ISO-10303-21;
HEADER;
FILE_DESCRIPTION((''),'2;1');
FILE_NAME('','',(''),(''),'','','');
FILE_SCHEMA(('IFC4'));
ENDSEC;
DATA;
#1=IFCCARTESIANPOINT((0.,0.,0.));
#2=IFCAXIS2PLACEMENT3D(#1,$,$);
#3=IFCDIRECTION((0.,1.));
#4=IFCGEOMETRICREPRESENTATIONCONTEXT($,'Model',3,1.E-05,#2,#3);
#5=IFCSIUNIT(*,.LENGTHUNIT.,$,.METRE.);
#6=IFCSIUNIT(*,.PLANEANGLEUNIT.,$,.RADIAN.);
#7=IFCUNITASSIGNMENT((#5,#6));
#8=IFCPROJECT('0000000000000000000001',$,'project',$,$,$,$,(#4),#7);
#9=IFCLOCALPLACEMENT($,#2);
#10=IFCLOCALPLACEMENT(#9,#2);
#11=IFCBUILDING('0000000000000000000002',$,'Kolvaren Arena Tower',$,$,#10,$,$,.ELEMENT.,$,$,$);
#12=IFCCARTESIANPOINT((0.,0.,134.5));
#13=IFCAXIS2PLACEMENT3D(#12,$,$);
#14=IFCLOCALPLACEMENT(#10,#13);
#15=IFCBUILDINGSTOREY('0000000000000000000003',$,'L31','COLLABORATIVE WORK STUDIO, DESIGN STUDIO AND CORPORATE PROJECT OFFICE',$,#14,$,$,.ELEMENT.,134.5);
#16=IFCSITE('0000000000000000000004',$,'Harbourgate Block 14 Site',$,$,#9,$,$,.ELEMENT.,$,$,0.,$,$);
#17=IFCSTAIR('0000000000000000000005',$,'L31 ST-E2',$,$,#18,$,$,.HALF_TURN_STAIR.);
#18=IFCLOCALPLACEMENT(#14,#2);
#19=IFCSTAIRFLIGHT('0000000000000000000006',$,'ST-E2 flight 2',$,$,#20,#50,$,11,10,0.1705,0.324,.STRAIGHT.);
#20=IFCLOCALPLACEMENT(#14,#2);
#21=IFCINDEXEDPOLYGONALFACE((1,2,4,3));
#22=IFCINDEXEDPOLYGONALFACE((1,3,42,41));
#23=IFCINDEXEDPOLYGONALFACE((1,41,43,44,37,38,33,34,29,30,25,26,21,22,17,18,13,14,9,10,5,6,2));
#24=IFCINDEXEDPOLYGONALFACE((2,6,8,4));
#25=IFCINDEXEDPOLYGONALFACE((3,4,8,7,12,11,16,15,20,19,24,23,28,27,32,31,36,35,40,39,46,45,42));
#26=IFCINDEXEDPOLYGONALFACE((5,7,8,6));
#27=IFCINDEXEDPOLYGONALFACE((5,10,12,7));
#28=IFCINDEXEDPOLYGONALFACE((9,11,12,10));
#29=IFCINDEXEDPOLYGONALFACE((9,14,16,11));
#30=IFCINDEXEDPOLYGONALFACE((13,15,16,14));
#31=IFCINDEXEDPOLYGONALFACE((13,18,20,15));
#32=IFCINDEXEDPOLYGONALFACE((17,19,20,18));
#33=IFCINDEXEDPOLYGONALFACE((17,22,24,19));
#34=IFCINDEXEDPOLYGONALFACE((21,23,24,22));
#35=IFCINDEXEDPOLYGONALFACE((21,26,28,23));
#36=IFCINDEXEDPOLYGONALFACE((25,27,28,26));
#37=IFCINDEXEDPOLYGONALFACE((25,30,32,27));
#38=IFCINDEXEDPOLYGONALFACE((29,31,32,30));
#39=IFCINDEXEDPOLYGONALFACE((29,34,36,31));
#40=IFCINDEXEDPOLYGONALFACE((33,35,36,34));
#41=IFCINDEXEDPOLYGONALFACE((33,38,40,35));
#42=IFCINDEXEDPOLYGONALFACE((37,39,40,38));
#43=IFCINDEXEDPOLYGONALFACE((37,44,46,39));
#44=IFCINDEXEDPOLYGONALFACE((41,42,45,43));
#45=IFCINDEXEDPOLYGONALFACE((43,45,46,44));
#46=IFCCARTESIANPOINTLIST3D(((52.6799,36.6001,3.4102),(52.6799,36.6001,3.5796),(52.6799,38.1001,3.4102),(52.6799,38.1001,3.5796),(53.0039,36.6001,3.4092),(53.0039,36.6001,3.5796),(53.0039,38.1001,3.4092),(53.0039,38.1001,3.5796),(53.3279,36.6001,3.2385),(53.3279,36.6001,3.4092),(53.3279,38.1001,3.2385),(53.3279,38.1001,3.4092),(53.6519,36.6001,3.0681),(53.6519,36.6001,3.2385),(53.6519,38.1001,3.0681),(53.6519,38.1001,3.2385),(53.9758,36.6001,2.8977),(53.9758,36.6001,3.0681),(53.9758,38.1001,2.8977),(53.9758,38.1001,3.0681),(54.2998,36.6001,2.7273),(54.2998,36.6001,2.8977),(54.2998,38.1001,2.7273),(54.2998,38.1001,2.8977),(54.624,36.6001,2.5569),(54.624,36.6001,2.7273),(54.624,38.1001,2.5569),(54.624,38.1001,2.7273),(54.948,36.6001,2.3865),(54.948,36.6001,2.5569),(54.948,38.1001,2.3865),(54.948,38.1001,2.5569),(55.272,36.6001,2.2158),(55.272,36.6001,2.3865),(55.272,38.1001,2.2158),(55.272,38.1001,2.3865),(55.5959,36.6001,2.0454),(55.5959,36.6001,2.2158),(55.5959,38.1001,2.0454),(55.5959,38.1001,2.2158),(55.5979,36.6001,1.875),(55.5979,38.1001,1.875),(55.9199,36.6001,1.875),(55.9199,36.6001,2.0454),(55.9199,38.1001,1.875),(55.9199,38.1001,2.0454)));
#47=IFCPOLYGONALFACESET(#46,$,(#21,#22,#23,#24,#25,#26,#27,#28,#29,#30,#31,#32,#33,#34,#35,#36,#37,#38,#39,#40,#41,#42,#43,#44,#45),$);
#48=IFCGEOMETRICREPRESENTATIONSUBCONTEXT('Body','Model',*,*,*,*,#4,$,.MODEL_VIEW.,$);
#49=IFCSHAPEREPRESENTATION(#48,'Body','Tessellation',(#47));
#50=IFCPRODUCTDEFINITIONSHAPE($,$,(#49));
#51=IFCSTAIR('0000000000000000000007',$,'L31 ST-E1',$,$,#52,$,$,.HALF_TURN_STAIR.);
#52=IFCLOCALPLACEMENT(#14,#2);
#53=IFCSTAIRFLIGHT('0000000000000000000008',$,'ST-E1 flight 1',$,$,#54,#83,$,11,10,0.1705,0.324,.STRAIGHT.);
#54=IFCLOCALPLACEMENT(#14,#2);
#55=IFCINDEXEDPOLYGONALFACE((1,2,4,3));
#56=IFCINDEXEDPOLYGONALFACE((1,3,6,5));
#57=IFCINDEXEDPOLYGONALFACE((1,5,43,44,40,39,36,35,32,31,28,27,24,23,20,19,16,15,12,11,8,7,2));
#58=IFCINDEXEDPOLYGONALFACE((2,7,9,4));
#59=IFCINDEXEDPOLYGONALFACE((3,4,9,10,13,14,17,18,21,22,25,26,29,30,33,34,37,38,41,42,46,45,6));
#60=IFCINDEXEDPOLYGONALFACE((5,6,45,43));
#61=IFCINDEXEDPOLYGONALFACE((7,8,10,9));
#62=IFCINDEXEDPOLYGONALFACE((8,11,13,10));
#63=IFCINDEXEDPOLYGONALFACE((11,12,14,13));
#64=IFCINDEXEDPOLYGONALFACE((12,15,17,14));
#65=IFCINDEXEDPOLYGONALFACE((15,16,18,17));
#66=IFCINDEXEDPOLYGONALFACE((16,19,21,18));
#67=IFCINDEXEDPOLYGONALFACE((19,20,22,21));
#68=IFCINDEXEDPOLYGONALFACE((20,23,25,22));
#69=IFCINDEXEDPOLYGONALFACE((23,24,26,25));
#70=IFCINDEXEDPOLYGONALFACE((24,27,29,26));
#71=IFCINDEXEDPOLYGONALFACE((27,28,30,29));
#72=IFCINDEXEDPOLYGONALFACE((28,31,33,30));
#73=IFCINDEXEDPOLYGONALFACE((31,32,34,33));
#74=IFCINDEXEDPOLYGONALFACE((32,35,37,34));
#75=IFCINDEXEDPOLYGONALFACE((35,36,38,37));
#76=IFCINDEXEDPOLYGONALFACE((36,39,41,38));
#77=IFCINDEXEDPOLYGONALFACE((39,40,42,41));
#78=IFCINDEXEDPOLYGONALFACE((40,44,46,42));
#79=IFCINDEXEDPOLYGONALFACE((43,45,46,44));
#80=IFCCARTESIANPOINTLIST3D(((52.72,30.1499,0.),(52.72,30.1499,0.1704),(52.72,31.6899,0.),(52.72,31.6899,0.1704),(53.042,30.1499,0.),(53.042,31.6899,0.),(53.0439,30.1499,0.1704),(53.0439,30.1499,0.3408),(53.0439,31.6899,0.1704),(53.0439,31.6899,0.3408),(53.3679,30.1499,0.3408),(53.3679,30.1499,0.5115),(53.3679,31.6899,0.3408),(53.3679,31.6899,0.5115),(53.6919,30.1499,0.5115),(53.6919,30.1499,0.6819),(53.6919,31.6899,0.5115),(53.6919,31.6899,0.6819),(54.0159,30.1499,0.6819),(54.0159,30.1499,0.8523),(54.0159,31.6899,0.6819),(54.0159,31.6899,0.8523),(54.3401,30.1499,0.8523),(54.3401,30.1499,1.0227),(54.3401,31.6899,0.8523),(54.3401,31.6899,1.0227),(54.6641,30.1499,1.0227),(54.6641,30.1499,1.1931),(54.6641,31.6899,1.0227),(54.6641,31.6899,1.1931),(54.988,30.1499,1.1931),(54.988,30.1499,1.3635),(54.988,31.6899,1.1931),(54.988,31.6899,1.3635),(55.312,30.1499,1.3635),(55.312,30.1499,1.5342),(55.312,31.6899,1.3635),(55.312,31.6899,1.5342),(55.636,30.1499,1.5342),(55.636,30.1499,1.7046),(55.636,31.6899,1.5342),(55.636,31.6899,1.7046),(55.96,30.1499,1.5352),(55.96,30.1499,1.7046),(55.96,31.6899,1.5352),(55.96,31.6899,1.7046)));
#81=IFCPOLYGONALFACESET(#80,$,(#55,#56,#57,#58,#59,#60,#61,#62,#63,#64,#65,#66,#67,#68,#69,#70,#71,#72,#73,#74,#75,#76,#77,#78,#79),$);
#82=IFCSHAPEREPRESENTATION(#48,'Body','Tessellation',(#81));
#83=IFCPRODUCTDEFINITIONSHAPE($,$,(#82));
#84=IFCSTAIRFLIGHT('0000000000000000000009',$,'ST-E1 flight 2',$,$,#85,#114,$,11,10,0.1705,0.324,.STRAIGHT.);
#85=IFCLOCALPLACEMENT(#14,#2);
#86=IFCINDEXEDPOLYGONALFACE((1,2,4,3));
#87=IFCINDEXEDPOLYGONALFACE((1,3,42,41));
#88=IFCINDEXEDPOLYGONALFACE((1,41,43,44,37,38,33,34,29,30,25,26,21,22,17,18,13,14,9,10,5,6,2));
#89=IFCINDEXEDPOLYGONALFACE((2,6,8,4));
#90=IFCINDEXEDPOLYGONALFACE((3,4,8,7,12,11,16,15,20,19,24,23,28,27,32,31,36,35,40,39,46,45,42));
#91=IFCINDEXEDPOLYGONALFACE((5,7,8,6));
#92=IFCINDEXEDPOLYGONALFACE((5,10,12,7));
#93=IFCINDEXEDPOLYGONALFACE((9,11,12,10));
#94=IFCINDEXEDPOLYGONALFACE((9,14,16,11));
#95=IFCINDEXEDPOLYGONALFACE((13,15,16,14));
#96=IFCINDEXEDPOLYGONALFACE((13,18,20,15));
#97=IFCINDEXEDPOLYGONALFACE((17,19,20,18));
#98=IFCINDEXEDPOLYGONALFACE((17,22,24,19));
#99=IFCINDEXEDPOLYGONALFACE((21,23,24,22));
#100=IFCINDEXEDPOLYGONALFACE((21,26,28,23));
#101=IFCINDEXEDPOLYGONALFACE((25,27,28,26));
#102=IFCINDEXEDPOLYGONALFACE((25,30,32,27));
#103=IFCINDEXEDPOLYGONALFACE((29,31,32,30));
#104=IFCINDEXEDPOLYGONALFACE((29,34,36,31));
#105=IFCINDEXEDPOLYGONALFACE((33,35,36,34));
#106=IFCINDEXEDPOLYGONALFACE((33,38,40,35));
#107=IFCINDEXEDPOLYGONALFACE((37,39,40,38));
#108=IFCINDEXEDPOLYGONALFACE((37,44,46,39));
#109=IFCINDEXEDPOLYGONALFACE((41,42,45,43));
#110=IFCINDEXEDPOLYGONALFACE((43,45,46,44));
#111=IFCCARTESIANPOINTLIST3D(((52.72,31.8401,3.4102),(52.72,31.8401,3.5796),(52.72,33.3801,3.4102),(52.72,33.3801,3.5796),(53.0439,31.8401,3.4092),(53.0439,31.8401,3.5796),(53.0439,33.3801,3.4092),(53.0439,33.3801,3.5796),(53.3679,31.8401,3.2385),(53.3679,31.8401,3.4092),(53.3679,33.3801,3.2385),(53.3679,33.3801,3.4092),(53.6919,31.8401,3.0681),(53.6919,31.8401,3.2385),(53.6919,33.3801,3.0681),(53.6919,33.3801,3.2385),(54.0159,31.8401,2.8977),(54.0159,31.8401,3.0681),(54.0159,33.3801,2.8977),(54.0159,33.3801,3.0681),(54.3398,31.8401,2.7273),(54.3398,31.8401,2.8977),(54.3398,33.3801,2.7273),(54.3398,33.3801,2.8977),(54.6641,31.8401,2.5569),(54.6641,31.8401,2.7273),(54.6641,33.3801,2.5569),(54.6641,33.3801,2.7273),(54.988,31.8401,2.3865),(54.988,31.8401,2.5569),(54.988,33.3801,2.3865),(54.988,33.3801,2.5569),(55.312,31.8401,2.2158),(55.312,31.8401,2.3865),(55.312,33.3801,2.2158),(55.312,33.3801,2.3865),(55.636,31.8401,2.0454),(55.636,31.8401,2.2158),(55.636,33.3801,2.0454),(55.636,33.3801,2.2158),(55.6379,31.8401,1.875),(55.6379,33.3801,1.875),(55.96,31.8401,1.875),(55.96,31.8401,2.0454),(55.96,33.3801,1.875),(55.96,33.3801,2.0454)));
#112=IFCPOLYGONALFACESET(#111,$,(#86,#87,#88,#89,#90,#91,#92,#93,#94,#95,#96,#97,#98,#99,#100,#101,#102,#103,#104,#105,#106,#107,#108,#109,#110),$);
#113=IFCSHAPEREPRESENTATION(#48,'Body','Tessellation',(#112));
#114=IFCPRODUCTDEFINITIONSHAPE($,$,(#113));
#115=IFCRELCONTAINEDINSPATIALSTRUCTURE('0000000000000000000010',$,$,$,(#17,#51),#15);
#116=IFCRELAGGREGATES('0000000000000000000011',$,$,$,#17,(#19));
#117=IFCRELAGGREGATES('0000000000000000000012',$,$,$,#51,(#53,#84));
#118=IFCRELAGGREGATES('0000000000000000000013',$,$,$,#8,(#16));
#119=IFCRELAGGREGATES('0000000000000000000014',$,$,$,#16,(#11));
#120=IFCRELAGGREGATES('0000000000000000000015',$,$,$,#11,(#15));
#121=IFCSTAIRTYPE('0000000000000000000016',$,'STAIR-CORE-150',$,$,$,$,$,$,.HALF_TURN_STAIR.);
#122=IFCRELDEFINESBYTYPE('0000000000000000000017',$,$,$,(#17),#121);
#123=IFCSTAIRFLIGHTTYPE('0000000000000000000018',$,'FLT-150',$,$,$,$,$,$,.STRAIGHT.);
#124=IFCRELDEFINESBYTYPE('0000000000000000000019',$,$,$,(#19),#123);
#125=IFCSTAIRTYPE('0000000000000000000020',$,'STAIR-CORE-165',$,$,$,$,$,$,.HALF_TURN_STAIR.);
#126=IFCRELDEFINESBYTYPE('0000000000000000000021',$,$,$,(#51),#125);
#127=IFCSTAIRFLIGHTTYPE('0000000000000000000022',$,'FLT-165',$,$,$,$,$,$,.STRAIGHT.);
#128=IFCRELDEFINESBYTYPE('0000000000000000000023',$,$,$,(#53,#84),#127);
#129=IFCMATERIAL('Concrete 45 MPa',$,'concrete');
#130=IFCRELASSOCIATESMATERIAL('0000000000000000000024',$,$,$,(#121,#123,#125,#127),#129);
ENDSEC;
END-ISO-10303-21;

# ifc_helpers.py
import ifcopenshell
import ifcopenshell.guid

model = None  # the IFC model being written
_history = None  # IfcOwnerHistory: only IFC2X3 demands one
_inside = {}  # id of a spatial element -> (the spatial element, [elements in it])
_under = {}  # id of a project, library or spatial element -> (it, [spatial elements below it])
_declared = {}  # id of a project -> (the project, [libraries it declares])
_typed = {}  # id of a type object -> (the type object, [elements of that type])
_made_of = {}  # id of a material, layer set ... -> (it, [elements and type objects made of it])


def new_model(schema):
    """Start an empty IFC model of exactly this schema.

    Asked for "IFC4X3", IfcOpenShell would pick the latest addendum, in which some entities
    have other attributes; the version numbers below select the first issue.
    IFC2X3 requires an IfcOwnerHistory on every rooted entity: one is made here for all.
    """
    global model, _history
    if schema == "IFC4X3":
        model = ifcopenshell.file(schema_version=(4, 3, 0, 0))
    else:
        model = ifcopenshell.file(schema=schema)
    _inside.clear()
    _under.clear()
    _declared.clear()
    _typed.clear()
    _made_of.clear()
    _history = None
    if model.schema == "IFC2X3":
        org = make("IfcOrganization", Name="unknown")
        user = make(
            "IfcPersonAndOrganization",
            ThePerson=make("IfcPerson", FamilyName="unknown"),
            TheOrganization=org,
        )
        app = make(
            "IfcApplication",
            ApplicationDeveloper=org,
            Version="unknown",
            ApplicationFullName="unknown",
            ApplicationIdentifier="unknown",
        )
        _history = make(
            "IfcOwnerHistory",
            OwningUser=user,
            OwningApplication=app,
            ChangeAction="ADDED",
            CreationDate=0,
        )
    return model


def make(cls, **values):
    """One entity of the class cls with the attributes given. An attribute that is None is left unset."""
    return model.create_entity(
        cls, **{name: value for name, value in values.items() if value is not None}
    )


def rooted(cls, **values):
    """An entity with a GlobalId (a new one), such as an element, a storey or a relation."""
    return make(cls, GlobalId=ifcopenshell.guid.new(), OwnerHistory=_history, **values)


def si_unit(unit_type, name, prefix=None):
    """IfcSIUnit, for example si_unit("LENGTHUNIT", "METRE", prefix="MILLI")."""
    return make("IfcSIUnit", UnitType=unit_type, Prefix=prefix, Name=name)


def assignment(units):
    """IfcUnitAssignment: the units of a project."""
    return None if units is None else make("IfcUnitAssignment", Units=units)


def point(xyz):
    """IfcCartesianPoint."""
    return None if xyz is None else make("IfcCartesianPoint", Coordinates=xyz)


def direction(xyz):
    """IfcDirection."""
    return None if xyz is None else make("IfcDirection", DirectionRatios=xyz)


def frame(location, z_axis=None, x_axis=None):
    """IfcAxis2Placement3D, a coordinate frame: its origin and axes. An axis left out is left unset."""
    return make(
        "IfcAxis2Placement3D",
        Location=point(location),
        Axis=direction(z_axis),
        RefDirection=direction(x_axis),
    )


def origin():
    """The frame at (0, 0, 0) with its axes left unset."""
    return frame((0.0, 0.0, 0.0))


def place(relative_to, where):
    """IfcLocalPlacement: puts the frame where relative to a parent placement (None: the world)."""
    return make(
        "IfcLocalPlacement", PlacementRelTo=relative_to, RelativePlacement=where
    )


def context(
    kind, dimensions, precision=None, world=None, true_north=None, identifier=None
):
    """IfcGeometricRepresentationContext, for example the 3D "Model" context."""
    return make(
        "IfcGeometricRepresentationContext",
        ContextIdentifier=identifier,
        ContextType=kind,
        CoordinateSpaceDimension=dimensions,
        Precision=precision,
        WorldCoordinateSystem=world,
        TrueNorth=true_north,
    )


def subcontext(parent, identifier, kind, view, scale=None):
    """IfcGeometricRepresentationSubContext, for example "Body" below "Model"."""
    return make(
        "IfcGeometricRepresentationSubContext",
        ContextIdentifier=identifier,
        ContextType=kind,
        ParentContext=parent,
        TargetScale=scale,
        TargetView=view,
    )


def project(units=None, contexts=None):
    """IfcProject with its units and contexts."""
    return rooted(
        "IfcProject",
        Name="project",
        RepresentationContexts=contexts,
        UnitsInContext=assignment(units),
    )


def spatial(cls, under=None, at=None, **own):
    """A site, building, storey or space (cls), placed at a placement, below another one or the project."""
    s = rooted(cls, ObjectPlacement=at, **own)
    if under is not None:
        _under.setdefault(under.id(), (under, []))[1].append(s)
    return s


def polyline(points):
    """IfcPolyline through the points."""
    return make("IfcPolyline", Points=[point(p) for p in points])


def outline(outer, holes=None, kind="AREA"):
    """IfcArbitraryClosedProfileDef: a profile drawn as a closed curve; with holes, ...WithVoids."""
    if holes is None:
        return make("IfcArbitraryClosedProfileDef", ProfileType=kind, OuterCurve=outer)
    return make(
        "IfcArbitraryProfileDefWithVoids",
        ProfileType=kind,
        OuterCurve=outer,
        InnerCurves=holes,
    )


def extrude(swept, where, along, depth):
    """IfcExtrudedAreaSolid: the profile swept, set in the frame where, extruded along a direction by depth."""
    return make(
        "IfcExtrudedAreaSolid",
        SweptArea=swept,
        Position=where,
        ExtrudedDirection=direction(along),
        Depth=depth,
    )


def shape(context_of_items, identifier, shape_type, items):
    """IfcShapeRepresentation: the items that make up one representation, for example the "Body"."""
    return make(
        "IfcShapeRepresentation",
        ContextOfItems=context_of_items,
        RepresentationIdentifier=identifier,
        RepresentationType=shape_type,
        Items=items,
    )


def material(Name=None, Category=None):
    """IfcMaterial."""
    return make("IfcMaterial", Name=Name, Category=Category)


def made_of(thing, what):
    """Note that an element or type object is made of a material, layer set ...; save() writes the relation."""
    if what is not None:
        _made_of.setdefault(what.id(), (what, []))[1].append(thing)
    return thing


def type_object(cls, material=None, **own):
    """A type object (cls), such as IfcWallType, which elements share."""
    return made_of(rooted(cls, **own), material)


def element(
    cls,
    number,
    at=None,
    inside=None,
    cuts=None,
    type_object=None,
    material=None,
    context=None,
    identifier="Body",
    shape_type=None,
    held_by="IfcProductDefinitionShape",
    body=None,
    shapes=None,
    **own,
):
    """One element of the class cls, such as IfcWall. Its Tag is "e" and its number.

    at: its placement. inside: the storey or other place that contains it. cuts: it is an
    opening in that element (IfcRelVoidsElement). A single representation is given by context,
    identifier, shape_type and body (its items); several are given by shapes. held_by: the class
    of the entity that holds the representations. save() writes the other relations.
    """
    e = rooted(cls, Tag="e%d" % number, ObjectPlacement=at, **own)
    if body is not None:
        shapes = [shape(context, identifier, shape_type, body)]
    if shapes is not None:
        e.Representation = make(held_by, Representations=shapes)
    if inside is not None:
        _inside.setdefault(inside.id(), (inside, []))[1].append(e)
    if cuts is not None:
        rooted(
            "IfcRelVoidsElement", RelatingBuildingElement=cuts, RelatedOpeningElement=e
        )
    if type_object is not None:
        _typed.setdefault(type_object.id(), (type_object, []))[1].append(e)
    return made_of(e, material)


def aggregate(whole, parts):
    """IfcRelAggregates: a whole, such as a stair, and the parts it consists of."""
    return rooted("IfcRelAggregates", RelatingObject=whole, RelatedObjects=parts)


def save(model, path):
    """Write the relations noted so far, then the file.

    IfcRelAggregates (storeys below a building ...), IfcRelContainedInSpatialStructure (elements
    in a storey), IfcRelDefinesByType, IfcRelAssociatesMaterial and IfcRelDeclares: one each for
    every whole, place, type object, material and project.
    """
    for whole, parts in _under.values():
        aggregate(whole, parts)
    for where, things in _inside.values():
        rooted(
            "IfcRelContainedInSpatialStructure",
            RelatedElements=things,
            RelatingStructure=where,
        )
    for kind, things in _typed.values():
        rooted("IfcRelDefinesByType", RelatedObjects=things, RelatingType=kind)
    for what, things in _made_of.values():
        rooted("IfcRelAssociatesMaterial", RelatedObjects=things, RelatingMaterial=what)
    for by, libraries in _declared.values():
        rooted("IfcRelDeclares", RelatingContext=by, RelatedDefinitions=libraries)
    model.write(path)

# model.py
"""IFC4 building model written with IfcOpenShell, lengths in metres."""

from ifc_helpers import new_model, si_unit, direction, frame, origin, place, context, subcontext, project, spatial, polyline, outline, extrude, material, type_object, element, aggregate, save


model = new_model("IFC4")

# Units and contexts
model_context = context("Model", 3, precision=1e-05, world=origin(), true_north=direction((0.0, 1.0)))
body_context = subcontext(model_context, "Body", "Model", "MODEL_VIEW")
ifc_project = project(units=[si_unit("LENGTHUNIT", "METRE"), si_unit("PLANEANGLEUNIT", "RADIAN")], contexts=[model_context])

# Site, building, storey
site_placement = place(None, origin())
site = spatial("IfcSite", under=ifc_project, at=site_placement, Name="Harbourgate Block 14 Site", CompositionType="ELEMENT", RefElevation=0.0)
building_placement = place(site_placement, origin())
building = spatial("IfcBuilding", under=site, at=building_placement, Name="Kolvaren Arena Tower", CompositionType="ELEMENT")
storey_placement = place(building_placement, frame((0.0, 0.0, 134.5)))
storey = spatial("IfcBuildingStorey", under=building, at=storey_placement, Name="L31", Description="COLLABORATIVE WORK STUDIO, DESIGN STUDIO AND CORPORATE PROJECT OFFICE", CompositionType="ELEMENT", Elevation=134.5)

# Shared definitions
ifc_material_1 = material(Name="Concrete 45 MPa", Category="concrete")

# Stair, stair flight
stair_type_1 = type_object("IfcStairType", Name="STAIR-CORE-150", PredefinedType="HALF_TURN_STAIR", material=ifc_material_1)
stair_1_placement = place(storey_placement, origin())
stair_1 = element("IfcStair", 1, at=stair_1_placement, inside=storey, type_object=stair_type_1, Name="L31 ST-E2", PredefinedType="HALF_TURN_STAIR")
stair_flight_type_1 = type_object("IfcStairFlightType", Name="FLT-150", PredefinedType="STRAIGHT", material=ifc_material_1)
stair_flight_1_placement = place(storey_placement, frame((55.9199, 37.3501, 1.875), z_axis=(0.0, 0.0, 1.0), x_axis=(-1.0, 0.0, 0.0)))
stair_flight_1 = element("IfcStairFlight", 2, at=stair_flight_1_placement, type_object=stair_flight_type_1, Name="ST-E2 flight 2", NumberOfRisers=11, NumberOfTreads=10, PredefinedType="STRAIGHT", RiserHeight=0.1705, TreadLength=0.324, context=body_context, shape_type="SweptSolid", body=[
    extrude(outline(polyline([(0.0, 0.0), (0.0, 0.1704), (0.324, 0.1704), (0.324, 0.3408), (0.6479, 0.3408), (0.6479, 0.5115), (0.9719, 0.5115), (0.9719, 0.6819), (1.2959, 0.6819), (1.2959, 0.8523), (1.6201, 0.8523), (1.6201, 1.0227), (1.9441, 1.0227), (1.9441, 1.1931), (2.2681, 1.1931), (2.2681, 1.3635), (2.592, 1.3635), (2.592, 1.5342), (2.916, 1.5342), (2.916, 1.7046), (3.24, 1.7046), (3.24, 1.875), (3.24, 1.5352), (0.322, 0.0), (0.0, 0.0)])), frame((0.0, 0.75, 0.0), z_axis=(0.0, -1.0, 0.0), x_axis=(1.0, 0.0, 0.0)), (0.0, 0.0, 1.0), 1.5),
])
aggregate(stair_1, [stair_flight_1])

# Stair, stair flights
stair_type_2 = type_object("IfcStairType", Name="STAIR-CORE-165", PredefinedType="HALF_TURN_STAIR", material=ifc_material_1)
stair_2_placement = place(storey_placement, origin())
stair_2 = element("IfcStair", 3, at=stair_2_placement, inside=storey, type_object=stair_type_2, Name="L31 ST-E1", PredefinedType="HALF_TURN_STAIR")
stair_flight_type_2 = type_object("IfcStairFlightType", Name="FLT-165", PredefinedType="STRAIGHT", material=ifc_material_1)
stair_flight_2_placement = place(storey_placement, frame((52.72, 30.9199, 0.0), z_axis=(0.0, 0.0, 1.0), x_axis=(1.0, 0.0, 0.0)))
stair_flight_2 = element("IfcStairFlight", 4, at=stair_flight_2_placement, type_object=stair_flight_type_2, Name="ST-E1 flight 1", NumberOfRisers=11, NumberOfTreads=10, PredefinedType="STRAIGHT", RiserHeight=0.1705, TreadLength=0.324, context=body_context, shape_type="SweptSolid", body=[
    extrude(outline(polyline([(0.0, 0.0), (0.0, 0.1704), (0.324, 0.1704), (0.324, 0.3408), (0.6479, 0.3408), (0.6479, 0.5115), (0.9719, 0.5115), (0.9719, 0.6819), (1.2959, 0.6819), (1.2959, 0.8523), (1.6201, 0.8523), (1.6201, 1.0227), (1.9441, 1.0227), (1.9441, 1.1931), (2.2681, 1.1931), (2.2681, 1.3635), (2.592, 1.3635), (2.592, 1.5342), (2.916, 1.5342), (2.916, 1.7046), (3.24, 1.7046), (3.24, 1.875), (3.24, 1.5352), (0.322, 0.0), (0.0, 0.0)])), frame((0.0, 0.77, 0.0), z_axis=(0.0, -1.0, 0.0), x_axis=(1.0, 0.0, 0.0)), (0.0, 0.0, 1.0), 1.54),
])
stair_flight_3_placement = place(storey_placement, frame((55.96, 32.6101, 1.875), z_axis=(0.0, 0.0, 1.0), x_axis=(-1.0, 0.0, 0.0)))
stair_flight_3 = element("IfcStairFlight", 5, at=stair_flight_3_placement, type_object=stair_flight_type_2, Name="ST-E1 flight 2", NumberOfRisers=11, NumberOfTreads=10, PredefinedType="STRAIGHT", RiserHeight=0.1705, TreadLength=0.324, context=body_context, shape_type="SweptSolid", body=[
    extrude(outline(polyline([(0.0, 0.0), (0.0, 0.1704), (0.324, 0.1704), (0.324, 0.3408), (0.6479, 0.3408), (0.6479, 0.5115), (0.9719, 0.5115), (0.9719, 0.6819), (1.2959, 0.6819), (1.2959, 0.8523), (1.6201, 0.8523), (1.6201, 1.0227), (1.9441, 1.0227), (1.9441, 1.1931), (2.2681, 1.1931), (2.2681, 1.3635), (2.592, 1.3635), (2.592, 1.5342), (2.916, 1.5342), (2.916, 1.7046), (3.24, 1.7046), (3.24, 1.875), (3.24, 1.5352), (0.322, 0.0), (0.0, 0.0)])), frame((0.0, 0.77, 0.0), z_axis=(0.0, -1.0, 0.0), x_axis=(1.0, 0.0, 0.0)), (0.0, 0.0, 1.0), 1.54),
])
aggregate(stair_2, [stair_flight_2, stair_flight_3])

save(model, "model.ifc")
